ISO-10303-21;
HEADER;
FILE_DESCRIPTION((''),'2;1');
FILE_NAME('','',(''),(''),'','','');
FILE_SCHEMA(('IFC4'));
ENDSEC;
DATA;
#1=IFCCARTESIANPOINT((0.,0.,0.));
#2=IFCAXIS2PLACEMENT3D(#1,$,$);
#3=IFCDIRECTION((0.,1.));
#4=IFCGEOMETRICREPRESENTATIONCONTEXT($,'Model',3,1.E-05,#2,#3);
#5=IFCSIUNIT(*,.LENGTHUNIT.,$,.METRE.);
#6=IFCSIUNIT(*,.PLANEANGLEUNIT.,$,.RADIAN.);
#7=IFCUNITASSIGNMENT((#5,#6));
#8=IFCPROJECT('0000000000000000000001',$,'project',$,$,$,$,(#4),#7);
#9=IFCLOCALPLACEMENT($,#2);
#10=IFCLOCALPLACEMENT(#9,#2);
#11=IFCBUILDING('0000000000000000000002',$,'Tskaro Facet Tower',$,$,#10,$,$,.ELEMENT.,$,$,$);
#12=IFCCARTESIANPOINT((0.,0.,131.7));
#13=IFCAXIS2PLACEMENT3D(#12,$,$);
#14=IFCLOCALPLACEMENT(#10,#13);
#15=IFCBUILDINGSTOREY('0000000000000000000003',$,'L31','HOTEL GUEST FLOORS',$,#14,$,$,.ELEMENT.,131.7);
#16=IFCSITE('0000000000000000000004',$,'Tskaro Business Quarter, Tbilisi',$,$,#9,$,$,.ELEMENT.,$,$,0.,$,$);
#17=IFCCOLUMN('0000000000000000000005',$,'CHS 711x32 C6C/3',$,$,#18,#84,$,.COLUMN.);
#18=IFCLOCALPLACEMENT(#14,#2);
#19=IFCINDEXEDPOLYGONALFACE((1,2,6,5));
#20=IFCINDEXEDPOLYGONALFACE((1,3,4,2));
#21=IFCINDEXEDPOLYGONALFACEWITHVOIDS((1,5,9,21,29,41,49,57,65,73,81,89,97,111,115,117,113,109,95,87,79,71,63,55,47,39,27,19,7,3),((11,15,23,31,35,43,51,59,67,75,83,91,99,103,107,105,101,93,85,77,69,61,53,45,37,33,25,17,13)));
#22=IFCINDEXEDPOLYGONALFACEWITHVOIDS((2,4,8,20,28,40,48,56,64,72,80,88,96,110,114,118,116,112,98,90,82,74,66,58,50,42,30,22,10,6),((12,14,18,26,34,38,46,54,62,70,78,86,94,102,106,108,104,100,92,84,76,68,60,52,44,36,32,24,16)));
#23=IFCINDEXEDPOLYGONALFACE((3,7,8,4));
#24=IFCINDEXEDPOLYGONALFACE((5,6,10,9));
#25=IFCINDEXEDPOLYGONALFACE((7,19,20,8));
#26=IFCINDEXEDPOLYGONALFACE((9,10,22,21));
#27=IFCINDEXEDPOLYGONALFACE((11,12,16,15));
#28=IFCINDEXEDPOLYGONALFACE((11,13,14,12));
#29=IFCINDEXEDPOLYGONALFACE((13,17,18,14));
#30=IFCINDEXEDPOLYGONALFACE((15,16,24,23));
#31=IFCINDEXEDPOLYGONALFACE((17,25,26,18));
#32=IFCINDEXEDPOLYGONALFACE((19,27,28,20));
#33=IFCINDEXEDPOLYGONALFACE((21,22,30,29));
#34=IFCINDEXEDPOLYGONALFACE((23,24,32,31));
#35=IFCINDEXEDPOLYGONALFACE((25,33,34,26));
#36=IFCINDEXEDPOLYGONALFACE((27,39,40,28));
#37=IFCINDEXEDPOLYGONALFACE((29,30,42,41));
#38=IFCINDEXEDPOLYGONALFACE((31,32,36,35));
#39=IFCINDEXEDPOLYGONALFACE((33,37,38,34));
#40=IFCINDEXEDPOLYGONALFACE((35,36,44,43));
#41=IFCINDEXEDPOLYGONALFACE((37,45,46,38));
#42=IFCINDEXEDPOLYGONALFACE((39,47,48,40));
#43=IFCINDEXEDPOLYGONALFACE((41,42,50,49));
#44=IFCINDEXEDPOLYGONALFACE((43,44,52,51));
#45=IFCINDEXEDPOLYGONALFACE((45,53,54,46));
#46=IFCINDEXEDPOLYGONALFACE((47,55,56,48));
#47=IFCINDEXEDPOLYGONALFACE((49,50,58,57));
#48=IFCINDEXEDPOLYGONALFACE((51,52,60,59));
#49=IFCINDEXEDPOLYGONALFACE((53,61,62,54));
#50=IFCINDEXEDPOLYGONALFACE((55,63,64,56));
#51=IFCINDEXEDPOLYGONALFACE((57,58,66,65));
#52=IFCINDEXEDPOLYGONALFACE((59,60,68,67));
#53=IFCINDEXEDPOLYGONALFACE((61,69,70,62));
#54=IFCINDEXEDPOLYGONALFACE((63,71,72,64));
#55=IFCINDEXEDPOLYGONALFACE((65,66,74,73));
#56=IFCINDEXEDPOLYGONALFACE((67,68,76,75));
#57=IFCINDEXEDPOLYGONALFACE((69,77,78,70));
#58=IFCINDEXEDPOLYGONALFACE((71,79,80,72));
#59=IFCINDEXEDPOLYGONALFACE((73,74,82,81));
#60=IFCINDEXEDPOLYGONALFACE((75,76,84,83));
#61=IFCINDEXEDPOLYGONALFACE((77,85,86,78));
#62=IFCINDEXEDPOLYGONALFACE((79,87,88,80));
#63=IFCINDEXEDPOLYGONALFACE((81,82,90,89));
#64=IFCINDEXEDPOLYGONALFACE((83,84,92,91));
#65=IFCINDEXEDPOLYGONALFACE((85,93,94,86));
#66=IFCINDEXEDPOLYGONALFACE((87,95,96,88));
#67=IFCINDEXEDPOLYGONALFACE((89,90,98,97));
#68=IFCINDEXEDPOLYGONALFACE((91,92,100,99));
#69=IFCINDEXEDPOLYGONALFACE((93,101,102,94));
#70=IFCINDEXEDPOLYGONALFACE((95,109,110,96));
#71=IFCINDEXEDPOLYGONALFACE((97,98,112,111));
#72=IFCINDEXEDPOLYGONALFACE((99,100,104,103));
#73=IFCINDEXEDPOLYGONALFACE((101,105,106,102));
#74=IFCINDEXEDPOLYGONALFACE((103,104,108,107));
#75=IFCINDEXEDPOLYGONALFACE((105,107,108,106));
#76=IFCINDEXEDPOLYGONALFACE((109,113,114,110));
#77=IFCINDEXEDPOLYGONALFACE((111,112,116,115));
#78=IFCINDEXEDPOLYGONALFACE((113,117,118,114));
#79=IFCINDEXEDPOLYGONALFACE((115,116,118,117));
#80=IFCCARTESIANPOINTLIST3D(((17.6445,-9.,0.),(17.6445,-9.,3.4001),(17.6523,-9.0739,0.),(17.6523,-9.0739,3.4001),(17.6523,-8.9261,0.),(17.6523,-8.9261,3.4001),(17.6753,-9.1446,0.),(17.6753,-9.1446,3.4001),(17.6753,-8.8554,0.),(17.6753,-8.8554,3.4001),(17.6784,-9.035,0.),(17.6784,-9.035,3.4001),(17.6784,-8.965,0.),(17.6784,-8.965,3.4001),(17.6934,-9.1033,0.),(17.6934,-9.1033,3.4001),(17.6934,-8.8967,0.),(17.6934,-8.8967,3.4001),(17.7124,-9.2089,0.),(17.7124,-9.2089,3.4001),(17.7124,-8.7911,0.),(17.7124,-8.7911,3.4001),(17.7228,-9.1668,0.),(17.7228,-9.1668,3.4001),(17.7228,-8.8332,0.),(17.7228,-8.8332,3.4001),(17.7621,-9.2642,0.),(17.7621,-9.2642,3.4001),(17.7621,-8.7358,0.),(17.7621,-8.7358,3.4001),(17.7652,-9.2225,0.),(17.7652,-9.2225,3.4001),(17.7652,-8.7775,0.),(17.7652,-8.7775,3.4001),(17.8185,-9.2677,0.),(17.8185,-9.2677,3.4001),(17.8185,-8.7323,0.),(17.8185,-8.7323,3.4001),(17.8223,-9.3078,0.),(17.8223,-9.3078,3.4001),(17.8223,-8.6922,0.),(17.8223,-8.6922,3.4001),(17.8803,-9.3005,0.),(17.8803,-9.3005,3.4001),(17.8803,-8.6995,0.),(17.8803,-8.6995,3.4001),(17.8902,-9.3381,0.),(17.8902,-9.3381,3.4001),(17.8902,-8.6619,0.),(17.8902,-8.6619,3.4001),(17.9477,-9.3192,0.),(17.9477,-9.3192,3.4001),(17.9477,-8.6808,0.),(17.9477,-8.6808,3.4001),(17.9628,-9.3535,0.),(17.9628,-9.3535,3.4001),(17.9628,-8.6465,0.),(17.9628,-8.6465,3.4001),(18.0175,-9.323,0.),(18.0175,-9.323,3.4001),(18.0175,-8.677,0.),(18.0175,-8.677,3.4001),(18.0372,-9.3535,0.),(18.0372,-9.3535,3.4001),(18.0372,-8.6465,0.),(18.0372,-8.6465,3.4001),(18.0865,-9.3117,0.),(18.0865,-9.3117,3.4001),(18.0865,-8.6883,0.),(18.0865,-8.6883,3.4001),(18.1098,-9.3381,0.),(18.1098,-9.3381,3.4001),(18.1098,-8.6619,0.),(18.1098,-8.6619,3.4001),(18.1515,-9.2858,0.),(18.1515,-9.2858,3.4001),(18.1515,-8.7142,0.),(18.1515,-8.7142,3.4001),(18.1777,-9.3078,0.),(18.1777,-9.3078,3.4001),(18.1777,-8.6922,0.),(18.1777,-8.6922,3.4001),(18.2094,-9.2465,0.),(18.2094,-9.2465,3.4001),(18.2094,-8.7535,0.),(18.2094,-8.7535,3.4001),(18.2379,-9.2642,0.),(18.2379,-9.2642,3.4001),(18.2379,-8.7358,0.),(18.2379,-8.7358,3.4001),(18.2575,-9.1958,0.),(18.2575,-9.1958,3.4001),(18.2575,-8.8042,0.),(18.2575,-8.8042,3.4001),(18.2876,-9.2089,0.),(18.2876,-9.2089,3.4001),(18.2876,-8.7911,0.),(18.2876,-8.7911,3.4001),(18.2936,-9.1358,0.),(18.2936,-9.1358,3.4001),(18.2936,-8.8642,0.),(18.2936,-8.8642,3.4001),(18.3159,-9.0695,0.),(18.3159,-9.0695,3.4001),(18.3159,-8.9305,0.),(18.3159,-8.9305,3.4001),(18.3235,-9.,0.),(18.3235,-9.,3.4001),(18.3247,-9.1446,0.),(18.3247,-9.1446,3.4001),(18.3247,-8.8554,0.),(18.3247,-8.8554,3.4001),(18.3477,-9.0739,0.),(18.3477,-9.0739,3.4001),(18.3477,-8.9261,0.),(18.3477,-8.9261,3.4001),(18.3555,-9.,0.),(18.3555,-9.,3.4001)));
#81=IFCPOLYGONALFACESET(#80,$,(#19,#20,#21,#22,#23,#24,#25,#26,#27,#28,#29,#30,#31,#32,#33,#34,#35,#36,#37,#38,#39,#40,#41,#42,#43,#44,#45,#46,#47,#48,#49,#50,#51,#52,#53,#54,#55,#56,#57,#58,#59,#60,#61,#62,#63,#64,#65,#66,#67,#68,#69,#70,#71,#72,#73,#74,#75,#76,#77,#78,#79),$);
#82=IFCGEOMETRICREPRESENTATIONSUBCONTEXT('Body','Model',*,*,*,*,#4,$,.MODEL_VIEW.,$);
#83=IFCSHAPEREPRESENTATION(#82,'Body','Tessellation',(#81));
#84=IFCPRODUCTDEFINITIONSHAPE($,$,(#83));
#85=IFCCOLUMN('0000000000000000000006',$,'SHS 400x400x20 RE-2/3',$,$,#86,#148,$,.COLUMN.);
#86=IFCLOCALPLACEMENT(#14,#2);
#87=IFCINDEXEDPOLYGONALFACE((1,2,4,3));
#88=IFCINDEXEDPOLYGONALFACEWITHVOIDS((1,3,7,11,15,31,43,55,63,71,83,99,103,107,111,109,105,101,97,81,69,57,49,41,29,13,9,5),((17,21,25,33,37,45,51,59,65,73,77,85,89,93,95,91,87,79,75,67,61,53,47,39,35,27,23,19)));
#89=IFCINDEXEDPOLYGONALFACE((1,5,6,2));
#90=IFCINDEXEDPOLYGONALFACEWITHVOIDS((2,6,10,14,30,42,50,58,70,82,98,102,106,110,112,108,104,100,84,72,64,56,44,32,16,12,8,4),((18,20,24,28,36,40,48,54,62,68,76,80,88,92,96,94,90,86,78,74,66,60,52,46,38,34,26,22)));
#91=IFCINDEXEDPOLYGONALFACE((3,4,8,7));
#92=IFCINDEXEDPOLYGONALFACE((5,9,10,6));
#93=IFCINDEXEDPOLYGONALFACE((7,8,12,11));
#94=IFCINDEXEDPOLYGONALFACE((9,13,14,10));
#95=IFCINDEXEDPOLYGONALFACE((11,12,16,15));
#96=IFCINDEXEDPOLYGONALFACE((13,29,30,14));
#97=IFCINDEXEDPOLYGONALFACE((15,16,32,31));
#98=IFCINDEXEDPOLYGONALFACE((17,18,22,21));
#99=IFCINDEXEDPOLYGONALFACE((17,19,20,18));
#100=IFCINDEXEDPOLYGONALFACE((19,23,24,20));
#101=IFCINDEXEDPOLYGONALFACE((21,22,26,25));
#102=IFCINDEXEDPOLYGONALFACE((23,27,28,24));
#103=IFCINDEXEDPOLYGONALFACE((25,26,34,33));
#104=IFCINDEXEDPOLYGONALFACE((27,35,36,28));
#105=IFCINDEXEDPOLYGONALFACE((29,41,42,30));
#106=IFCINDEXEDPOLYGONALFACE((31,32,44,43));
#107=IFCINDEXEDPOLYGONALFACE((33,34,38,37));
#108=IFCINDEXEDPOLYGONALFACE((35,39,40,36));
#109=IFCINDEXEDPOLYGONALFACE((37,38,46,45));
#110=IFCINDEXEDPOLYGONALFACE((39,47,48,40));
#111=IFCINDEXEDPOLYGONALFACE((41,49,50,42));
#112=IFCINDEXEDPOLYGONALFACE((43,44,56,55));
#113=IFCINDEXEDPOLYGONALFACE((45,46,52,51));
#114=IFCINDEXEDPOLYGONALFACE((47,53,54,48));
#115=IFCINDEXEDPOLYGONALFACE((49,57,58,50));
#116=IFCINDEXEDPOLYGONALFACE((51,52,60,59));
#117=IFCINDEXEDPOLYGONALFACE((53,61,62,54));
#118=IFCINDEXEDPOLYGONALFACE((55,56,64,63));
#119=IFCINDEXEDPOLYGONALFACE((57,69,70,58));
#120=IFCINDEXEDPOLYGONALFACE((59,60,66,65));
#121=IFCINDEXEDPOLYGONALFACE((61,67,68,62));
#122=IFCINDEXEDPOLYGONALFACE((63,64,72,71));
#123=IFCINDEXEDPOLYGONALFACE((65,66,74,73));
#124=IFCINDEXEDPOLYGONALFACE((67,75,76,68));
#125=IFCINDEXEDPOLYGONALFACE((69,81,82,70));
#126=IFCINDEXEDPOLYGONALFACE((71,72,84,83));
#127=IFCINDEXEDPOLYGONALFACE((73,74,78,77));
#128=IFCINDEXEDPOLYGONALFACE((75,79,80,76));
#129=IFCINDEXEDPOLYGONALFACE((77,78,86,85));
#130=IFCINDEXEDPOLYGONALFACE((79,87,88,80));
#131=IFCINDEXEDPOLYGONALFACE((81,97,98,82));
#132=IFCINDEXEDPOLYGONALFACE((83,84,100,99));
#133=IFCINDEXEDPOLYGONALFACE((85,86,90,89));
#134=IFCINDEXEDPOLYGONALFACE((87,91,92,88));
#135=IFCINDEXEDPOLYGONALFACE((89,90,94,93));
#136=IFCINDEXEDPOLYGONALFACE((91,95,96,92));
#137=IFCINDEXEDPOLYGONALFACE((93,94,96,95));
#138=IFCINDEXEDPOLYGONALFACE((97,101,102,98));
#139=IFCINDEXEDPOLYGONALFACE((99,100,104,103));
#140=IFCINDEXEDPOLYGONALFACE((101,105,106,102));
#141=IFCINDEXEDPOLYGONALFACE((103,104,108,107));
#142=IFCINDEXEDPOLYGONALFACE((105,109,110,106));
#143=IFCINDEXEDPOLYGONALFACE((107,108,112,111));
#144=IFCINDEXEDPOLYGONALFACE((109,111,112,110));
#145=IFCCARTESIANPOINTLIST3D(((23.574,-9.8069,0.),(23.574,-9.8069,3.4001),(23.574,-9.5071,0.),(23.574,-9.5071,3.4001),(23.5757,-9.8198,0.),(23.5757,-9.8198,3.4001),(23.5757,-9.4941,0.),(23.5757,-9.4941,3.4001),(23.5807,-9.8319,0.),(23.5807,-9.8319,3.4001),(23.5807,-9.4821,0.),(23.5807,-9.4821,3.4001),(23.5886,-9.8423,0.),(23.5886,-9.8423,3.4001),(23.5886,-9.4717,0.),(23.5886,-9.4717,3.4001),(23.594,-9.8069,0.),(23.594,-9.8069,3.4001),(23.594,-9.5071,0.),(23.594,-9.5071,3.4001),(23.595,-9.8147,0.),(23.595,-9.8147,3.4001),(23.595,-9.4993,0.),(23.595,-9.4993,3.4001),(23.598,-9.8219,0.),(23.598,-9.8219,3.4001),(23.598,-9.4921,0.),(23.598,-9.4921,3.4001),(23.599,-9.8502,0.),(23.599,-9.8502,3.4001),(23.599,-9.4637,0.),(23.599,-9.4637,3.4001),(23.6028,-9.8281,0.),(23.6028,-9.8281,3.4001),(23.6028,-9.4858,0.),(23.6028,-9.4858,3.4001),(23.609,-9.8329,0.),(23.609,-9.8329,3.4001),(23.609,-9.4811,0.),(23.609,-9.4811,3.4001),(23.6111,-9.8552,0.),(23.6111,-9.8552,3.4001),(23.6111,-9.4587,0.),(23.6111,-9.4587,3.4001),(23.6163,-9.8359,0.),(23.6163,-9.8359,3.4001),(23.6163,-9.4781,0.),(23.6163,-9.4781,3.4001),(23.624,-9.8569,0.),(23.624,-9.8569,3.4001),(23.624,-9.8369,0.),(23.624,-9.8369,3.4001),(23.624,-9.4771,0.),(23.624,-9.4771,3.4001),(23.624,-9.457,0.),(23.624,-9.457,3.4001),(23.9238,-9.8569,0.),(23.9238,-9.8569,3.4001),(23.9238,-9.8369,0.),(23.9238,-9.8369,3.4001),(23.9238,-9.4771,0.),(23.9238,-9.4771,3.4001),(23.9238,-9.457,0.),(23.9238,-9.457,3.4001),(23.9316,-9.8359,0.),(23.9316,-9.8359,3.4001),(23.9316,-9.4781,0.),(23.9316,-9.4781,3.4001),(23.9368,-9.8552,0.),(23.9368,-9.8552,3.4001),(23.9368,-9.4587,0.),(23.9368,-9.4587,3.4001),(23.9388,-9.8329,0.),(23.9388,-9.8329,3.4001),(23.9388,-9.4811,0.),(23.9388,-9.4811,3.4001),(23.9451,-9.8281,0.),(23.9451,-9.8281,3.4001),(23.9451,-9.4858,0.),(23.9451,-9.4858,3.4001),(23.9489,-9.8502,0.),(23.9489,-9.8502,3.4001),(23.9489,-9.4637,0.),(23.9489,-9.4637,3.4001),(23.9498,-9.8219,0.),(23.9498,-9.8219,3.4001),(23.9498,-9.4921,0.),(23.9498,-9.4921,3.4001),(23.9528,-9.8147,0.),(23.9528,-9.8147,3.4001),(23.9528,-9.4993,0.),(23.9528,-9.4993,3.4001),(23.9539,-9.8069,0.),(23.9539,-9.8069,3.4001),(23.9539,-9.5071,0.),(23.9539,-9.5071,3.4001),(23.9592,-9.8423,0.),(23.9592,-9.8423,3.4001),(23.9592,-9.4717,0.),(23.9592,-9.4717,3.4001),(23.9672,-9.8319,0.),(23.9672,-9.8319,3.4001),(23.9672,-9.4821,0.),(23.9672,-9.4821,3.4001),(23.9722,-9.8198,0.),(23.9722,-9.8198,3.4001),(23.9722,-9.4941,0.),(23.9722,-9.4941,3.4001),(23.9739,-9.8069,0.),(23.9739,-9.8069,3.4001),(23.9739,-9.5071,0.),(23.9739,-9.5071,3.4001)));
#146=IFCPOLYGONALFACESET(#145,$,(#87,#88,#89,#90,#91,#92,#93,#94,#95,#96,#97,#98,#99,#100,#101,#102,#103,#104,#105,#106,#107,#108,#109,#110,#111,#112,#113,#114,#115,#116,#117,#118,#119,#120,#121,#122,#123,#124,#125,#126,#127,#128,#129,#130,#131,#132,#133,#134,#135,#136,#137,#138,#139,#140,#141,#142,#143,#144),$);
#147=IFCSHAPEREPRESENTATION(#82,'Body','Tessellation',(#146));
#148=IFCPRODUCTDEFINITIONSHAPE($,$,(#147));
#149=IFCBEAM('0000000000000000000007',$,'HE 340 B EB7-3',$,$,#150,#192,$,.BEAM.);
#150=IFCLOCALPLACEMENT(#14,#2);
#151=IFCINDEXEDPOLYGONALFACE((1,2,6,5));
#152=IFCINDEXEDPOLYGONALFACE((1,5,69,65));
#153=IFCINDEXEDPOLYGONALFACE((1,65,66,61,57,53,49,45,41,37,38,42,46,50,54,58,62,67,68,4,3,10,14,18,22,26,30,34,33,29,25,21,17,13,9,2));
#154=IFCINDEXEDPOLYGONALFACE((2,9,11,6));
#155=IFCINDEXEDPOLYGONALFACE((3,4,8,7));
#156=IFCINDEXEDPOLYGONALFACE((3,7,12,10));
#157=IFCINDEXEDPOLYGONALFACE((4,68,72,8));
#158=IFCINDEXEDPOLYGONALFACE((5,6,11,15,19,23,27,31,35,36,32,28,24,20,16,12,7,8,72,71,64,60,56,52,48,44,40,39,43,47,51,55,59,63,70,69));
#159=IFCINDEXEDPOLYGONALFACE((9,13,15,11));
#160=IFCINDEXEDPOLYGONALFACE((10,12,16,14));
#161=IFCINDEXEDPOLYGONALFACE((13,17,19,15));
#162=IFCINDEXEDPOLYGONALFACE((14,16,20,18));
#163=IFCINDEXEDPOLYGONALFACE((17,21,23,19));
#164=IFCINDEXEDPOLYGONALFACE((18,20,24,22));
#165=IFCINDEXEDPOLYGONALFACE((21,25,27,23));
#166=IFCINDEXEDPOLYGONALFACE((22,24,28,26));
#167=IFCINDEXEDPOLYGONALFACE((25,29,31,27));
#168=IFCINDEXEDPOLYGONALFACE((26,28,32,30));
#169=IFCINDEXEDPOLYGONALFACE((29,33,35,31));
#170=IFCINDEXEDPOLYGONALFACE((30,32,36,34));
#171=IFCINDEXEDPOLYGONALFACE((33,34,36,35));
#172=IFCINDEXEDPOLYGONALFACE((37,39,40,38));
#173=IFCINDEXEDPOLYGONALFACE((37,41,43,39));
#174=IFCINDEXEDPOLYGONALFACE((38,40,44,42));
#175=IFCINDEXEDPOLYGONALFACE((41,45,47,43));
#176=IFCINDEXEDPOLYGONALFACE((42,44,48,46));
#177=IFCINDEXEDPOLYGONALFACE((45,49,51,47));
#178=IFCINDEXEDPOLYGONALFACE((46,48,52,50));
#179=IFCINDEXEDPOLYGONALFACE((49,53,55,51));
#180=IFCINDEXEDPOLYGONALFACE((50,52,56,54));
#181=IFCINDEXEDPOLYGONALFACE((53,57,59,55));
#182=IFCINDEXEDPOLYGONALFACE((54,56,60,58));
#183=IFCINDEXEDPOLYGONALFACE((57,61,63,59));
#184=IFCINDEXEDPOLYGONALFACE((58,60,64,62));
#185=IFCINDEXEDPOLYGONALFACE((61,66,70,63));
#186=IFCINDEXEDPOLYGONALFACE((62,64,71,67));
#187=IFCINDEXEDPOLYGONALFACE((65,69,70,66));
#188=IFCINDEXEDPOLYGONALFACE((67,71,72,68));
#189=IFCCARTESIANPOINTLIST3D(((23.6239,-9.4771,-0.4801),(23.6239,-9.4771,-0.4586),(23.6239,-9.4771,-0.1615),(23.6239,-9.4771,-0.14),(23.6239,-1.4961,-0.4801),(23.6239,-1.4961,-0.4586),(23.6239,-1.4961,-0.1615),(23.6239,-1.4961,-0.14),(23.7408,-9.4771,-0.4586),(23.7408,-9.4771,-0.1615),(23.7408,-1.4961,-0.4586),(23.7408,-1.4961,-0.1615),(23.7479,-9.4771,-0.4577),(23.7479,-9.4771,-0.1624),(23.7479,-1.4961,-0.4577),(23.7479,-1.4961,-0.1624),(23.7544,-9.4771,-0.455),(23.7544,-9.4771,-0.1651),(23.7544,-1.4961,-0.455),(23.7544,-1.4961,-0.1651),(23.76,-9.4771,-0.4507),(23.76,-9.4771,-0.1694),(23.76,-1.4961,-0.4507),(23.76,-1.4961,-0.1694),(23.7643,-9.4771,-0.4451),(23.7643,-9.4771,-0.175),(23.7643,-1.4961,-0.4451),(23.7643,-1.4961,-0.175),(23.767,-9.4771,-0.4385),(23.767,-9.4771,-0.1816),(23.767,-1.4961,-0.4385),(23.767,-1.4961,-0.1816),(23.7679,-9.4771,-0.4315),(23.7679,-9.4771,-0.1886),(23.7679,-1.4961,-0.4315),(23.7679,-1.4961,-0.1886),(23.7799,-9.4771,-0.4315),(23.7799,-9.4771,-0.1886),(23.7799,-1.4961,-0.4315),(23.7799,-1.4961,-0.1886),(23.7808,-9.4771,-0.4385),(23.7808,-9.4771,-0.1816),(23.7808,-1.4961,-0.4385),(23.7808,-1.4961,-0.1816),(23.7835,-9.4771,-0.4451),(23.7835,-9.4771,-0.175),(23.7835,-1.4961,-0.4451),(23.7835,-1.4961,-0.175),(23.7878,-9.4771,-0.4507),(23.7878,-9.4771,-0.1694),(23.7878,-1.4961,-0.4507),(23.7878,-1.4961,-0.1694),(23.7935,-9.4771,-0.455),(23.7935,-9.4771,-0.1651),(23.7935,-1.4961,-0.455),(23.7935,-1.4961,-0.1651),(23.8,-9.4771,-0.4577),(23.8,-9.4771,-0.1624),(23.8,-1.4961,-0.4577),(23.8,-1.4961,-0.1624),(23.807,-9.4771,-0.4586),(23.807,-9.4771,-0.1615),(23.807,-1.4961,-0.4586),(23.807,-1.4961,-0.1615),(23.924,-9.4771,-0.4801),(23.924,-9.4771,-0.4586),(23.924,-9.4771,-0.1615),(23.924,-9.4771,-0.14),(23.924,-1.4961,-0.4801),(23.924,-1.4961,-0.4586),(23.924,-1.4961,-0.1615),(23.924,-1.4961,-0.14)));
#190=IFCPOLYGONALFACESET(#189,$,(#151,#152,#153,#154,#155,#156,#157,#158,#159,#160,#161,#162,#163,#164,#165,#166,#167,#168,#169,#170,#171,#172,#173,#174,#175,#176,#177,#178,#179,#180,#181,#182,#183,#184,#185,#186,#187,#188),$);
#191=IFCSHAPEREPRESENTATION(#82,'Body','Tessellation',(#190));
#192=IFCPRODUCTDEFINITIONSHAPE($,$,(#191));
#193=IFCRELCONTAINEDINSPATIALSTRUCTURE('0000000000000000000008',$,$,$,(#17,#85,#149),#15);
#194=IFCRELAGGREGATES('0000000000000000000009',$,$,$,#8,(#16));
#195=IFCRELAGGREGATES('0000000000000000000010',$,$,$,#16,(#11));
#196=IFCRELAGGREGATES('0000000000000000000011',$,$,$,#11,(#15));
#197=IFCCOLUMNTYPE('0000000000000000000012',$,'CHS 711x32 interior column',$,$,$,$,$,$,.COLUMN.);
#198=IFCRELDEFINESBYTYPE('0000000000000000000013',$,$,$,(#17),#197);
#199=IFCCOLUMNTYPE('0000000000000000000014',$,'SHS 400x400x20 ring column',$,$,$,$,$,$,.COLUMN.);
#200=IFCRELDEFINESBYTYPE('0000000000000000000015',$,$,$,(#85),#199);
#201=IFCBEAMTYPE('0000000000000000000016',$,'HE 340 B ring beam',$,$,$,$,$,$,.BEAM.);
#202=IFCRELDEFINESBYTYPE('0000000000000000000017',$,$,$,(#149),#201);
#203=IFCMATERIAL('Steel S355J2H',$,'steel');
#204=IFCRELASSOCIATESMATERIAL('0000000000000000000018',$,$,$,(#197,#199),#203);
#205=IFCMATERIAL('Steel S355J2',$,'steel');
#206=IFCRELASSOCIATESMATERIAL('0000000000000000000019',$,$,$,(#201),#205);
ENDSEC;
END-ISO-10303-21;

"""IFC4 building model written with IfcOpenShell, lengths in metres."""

from ifc_helpers import new_model, si_unit, direction, frame, origin, origin_2d, place, context, subcontext, project, spatial, hollow_rectangle, hollow_circle, i_section, extrude, material, material_profile, profile_set, type_object, element, save


model = new_model("IFC4")

# Units and contexts
model_context = context("Model", 3, precision=1e-05, world=origin(), true_north=direction((0.0, 1.0)))
body_context = subcontext(model_context, "Body", "Model", "MODEL_VIEW")
ifc_project = project(units=[si_unit("LENGTHUNIT", "METRE"), si_unit("PLANEANGLEUNIT", "RADIAN")], contexts=[model_context])

# Site, building, storey
site_placement = place(None, origin())
site = spatial("IfcSite", under=ifc_project, at=site_placement, Name="Tskaro Business Quarter, Tbilisi", CompositionType="ELEMENT", RefElevation=0.0)
building_placement = place(site_placement, origin())
building = spatial("IfcBuilding", under=site, at=building_placement, Name="Tskaro Facet Tower", CompositionType="ELEMENT")
storey_placement = place(building_placement, frame((0.0, 0.0, 131.7)))
storey = spatial("IfcBuildingStorey", under=building, at=storey_placement, Name="L31", Description="HOTEL GUEST FLOORS", CompositionType="ELEMENT", Elevation=131.7)

# Columns
ifc_material_1 = material(Name="Steel S355J2H", Category="steel")
ifc_material_profile_1 = material_profile(ifc_material_1, hollow_circle(Radius=0.3555, WallThickness=0.032, at=origin_2d()), Name="CHS 711x32")
ifc_profile_set_1 = profile_set([ifc_material_profile_1], Name="Steel S355J2H")
column_type_1 = type_object("IfcColumnType", Name="CHS 711x32 interior column", PredefinedType="COLUMN", material=ifc_profile_set_1)
column_1_placement = place(storey_placement, frame((18.0, -9.0, 0.0), z_axis=(0.0, 0.0, 1.0), x_axis=(1.0, 0.0, 0.0)))
element("IfcColumn", 1, at=column_1_placement, inside=storey, type_object=column_type_1, Name="CHS 711x32 C6C/3", PredefinedType="COLUMN", context=body_context, shape_type="SweptSolid", body=[
    extrude(hollow_circle(Radius=0.3555, WallThickness=0.032, at=origin_2d()), origin(), (0.0, 0.0, 1.0), 3.4001),
])
ifc_material_profile_2 = material_profile(ifc_material_1, hollow_rectangle(XDim=0.3999, YDim=0.3999, WallThickness=0.02, InnerFilletRadius=0.03, OuterFilletRadius=0.05, at=origin_2d()), Name="SHS 400x400x20")
ifc_profile_set_2 = profile_set([ifc_material_profile_2], Name="Steel S355J2H")
column_type_2 = type_object("IfcColumnType", Name="SHS 400x400x20 ring column", PredefinedType="COLUMN", material=ifc_profile_set_2)
column_2_placement = place(storey_placement, frame((23.7739, -9.657, 0.0), z_axis=(0.0, 0.0, 1.0), x_axis=(1.0, 0.0, 0.0)))
element("IfcColumn", 2, at=column_2_placement, inside=storey, type_object=column_type_2, Name="SHS 400x400x20 RE-2/3", PredefinedType="COLUMN", context=body_context, shape_type="SweptSolid", body=[
    extrude(hollow_rectangle(XDim=0.3999, YDim=0.3999, WallThickness=0.02, InnerFilletRadius=0.03, OuterFilletRadius=0.05, at=origin_2d()), origin(), (0.0, 0.0, 1.0), 3.4001),
])

# Beam
ifc_material_2 = material(Name="Steel S355J2", Category="steel")
ifc_material_profile_3 = material_profile(ifc_material_2, i_section(OverallWidth=0.3, OverallDepth=0.3401, WebThickness=0.012, FlangeThickness=0.0215, FilletRadius=0.0271, at=origin_2d()), Name="HE 340 B")
ifc_profile_set_3 = profile_set([ifc_material_profile_3], Name="Steel S355J2")
beam_type_1 = type_object("IfcBeamType", Name="HE 340 B ring beam", PredefinedType="BEAM", material=ifc_profile_set_3)
beam_1_placement = place(storey_placement, frame((23.7739, -9.4771, -0.3101), z_axis=(0.0, 1.0, 0.0), x_axis=(-1.0, 0.0, 0.0)))
element("IfcBeam", 3, at=beam_1_placement, inside=storey, type_object=beam_type_1, Name="HE 340 B EB7-3", PredefinedType="BEAM", context=body_context, shape_type="SweptSolid", body=[
    extrude(i_section(OverallWidth=0.3, OverallDepth=0.3401, WebThickness=0.012, FlangeThickness=0.0215, FilletRadius=0.0271, at=origin_2d()), origin(), (0.0, 0.0, 1.0), 7.981),
])

save(model, "model.ifc")
